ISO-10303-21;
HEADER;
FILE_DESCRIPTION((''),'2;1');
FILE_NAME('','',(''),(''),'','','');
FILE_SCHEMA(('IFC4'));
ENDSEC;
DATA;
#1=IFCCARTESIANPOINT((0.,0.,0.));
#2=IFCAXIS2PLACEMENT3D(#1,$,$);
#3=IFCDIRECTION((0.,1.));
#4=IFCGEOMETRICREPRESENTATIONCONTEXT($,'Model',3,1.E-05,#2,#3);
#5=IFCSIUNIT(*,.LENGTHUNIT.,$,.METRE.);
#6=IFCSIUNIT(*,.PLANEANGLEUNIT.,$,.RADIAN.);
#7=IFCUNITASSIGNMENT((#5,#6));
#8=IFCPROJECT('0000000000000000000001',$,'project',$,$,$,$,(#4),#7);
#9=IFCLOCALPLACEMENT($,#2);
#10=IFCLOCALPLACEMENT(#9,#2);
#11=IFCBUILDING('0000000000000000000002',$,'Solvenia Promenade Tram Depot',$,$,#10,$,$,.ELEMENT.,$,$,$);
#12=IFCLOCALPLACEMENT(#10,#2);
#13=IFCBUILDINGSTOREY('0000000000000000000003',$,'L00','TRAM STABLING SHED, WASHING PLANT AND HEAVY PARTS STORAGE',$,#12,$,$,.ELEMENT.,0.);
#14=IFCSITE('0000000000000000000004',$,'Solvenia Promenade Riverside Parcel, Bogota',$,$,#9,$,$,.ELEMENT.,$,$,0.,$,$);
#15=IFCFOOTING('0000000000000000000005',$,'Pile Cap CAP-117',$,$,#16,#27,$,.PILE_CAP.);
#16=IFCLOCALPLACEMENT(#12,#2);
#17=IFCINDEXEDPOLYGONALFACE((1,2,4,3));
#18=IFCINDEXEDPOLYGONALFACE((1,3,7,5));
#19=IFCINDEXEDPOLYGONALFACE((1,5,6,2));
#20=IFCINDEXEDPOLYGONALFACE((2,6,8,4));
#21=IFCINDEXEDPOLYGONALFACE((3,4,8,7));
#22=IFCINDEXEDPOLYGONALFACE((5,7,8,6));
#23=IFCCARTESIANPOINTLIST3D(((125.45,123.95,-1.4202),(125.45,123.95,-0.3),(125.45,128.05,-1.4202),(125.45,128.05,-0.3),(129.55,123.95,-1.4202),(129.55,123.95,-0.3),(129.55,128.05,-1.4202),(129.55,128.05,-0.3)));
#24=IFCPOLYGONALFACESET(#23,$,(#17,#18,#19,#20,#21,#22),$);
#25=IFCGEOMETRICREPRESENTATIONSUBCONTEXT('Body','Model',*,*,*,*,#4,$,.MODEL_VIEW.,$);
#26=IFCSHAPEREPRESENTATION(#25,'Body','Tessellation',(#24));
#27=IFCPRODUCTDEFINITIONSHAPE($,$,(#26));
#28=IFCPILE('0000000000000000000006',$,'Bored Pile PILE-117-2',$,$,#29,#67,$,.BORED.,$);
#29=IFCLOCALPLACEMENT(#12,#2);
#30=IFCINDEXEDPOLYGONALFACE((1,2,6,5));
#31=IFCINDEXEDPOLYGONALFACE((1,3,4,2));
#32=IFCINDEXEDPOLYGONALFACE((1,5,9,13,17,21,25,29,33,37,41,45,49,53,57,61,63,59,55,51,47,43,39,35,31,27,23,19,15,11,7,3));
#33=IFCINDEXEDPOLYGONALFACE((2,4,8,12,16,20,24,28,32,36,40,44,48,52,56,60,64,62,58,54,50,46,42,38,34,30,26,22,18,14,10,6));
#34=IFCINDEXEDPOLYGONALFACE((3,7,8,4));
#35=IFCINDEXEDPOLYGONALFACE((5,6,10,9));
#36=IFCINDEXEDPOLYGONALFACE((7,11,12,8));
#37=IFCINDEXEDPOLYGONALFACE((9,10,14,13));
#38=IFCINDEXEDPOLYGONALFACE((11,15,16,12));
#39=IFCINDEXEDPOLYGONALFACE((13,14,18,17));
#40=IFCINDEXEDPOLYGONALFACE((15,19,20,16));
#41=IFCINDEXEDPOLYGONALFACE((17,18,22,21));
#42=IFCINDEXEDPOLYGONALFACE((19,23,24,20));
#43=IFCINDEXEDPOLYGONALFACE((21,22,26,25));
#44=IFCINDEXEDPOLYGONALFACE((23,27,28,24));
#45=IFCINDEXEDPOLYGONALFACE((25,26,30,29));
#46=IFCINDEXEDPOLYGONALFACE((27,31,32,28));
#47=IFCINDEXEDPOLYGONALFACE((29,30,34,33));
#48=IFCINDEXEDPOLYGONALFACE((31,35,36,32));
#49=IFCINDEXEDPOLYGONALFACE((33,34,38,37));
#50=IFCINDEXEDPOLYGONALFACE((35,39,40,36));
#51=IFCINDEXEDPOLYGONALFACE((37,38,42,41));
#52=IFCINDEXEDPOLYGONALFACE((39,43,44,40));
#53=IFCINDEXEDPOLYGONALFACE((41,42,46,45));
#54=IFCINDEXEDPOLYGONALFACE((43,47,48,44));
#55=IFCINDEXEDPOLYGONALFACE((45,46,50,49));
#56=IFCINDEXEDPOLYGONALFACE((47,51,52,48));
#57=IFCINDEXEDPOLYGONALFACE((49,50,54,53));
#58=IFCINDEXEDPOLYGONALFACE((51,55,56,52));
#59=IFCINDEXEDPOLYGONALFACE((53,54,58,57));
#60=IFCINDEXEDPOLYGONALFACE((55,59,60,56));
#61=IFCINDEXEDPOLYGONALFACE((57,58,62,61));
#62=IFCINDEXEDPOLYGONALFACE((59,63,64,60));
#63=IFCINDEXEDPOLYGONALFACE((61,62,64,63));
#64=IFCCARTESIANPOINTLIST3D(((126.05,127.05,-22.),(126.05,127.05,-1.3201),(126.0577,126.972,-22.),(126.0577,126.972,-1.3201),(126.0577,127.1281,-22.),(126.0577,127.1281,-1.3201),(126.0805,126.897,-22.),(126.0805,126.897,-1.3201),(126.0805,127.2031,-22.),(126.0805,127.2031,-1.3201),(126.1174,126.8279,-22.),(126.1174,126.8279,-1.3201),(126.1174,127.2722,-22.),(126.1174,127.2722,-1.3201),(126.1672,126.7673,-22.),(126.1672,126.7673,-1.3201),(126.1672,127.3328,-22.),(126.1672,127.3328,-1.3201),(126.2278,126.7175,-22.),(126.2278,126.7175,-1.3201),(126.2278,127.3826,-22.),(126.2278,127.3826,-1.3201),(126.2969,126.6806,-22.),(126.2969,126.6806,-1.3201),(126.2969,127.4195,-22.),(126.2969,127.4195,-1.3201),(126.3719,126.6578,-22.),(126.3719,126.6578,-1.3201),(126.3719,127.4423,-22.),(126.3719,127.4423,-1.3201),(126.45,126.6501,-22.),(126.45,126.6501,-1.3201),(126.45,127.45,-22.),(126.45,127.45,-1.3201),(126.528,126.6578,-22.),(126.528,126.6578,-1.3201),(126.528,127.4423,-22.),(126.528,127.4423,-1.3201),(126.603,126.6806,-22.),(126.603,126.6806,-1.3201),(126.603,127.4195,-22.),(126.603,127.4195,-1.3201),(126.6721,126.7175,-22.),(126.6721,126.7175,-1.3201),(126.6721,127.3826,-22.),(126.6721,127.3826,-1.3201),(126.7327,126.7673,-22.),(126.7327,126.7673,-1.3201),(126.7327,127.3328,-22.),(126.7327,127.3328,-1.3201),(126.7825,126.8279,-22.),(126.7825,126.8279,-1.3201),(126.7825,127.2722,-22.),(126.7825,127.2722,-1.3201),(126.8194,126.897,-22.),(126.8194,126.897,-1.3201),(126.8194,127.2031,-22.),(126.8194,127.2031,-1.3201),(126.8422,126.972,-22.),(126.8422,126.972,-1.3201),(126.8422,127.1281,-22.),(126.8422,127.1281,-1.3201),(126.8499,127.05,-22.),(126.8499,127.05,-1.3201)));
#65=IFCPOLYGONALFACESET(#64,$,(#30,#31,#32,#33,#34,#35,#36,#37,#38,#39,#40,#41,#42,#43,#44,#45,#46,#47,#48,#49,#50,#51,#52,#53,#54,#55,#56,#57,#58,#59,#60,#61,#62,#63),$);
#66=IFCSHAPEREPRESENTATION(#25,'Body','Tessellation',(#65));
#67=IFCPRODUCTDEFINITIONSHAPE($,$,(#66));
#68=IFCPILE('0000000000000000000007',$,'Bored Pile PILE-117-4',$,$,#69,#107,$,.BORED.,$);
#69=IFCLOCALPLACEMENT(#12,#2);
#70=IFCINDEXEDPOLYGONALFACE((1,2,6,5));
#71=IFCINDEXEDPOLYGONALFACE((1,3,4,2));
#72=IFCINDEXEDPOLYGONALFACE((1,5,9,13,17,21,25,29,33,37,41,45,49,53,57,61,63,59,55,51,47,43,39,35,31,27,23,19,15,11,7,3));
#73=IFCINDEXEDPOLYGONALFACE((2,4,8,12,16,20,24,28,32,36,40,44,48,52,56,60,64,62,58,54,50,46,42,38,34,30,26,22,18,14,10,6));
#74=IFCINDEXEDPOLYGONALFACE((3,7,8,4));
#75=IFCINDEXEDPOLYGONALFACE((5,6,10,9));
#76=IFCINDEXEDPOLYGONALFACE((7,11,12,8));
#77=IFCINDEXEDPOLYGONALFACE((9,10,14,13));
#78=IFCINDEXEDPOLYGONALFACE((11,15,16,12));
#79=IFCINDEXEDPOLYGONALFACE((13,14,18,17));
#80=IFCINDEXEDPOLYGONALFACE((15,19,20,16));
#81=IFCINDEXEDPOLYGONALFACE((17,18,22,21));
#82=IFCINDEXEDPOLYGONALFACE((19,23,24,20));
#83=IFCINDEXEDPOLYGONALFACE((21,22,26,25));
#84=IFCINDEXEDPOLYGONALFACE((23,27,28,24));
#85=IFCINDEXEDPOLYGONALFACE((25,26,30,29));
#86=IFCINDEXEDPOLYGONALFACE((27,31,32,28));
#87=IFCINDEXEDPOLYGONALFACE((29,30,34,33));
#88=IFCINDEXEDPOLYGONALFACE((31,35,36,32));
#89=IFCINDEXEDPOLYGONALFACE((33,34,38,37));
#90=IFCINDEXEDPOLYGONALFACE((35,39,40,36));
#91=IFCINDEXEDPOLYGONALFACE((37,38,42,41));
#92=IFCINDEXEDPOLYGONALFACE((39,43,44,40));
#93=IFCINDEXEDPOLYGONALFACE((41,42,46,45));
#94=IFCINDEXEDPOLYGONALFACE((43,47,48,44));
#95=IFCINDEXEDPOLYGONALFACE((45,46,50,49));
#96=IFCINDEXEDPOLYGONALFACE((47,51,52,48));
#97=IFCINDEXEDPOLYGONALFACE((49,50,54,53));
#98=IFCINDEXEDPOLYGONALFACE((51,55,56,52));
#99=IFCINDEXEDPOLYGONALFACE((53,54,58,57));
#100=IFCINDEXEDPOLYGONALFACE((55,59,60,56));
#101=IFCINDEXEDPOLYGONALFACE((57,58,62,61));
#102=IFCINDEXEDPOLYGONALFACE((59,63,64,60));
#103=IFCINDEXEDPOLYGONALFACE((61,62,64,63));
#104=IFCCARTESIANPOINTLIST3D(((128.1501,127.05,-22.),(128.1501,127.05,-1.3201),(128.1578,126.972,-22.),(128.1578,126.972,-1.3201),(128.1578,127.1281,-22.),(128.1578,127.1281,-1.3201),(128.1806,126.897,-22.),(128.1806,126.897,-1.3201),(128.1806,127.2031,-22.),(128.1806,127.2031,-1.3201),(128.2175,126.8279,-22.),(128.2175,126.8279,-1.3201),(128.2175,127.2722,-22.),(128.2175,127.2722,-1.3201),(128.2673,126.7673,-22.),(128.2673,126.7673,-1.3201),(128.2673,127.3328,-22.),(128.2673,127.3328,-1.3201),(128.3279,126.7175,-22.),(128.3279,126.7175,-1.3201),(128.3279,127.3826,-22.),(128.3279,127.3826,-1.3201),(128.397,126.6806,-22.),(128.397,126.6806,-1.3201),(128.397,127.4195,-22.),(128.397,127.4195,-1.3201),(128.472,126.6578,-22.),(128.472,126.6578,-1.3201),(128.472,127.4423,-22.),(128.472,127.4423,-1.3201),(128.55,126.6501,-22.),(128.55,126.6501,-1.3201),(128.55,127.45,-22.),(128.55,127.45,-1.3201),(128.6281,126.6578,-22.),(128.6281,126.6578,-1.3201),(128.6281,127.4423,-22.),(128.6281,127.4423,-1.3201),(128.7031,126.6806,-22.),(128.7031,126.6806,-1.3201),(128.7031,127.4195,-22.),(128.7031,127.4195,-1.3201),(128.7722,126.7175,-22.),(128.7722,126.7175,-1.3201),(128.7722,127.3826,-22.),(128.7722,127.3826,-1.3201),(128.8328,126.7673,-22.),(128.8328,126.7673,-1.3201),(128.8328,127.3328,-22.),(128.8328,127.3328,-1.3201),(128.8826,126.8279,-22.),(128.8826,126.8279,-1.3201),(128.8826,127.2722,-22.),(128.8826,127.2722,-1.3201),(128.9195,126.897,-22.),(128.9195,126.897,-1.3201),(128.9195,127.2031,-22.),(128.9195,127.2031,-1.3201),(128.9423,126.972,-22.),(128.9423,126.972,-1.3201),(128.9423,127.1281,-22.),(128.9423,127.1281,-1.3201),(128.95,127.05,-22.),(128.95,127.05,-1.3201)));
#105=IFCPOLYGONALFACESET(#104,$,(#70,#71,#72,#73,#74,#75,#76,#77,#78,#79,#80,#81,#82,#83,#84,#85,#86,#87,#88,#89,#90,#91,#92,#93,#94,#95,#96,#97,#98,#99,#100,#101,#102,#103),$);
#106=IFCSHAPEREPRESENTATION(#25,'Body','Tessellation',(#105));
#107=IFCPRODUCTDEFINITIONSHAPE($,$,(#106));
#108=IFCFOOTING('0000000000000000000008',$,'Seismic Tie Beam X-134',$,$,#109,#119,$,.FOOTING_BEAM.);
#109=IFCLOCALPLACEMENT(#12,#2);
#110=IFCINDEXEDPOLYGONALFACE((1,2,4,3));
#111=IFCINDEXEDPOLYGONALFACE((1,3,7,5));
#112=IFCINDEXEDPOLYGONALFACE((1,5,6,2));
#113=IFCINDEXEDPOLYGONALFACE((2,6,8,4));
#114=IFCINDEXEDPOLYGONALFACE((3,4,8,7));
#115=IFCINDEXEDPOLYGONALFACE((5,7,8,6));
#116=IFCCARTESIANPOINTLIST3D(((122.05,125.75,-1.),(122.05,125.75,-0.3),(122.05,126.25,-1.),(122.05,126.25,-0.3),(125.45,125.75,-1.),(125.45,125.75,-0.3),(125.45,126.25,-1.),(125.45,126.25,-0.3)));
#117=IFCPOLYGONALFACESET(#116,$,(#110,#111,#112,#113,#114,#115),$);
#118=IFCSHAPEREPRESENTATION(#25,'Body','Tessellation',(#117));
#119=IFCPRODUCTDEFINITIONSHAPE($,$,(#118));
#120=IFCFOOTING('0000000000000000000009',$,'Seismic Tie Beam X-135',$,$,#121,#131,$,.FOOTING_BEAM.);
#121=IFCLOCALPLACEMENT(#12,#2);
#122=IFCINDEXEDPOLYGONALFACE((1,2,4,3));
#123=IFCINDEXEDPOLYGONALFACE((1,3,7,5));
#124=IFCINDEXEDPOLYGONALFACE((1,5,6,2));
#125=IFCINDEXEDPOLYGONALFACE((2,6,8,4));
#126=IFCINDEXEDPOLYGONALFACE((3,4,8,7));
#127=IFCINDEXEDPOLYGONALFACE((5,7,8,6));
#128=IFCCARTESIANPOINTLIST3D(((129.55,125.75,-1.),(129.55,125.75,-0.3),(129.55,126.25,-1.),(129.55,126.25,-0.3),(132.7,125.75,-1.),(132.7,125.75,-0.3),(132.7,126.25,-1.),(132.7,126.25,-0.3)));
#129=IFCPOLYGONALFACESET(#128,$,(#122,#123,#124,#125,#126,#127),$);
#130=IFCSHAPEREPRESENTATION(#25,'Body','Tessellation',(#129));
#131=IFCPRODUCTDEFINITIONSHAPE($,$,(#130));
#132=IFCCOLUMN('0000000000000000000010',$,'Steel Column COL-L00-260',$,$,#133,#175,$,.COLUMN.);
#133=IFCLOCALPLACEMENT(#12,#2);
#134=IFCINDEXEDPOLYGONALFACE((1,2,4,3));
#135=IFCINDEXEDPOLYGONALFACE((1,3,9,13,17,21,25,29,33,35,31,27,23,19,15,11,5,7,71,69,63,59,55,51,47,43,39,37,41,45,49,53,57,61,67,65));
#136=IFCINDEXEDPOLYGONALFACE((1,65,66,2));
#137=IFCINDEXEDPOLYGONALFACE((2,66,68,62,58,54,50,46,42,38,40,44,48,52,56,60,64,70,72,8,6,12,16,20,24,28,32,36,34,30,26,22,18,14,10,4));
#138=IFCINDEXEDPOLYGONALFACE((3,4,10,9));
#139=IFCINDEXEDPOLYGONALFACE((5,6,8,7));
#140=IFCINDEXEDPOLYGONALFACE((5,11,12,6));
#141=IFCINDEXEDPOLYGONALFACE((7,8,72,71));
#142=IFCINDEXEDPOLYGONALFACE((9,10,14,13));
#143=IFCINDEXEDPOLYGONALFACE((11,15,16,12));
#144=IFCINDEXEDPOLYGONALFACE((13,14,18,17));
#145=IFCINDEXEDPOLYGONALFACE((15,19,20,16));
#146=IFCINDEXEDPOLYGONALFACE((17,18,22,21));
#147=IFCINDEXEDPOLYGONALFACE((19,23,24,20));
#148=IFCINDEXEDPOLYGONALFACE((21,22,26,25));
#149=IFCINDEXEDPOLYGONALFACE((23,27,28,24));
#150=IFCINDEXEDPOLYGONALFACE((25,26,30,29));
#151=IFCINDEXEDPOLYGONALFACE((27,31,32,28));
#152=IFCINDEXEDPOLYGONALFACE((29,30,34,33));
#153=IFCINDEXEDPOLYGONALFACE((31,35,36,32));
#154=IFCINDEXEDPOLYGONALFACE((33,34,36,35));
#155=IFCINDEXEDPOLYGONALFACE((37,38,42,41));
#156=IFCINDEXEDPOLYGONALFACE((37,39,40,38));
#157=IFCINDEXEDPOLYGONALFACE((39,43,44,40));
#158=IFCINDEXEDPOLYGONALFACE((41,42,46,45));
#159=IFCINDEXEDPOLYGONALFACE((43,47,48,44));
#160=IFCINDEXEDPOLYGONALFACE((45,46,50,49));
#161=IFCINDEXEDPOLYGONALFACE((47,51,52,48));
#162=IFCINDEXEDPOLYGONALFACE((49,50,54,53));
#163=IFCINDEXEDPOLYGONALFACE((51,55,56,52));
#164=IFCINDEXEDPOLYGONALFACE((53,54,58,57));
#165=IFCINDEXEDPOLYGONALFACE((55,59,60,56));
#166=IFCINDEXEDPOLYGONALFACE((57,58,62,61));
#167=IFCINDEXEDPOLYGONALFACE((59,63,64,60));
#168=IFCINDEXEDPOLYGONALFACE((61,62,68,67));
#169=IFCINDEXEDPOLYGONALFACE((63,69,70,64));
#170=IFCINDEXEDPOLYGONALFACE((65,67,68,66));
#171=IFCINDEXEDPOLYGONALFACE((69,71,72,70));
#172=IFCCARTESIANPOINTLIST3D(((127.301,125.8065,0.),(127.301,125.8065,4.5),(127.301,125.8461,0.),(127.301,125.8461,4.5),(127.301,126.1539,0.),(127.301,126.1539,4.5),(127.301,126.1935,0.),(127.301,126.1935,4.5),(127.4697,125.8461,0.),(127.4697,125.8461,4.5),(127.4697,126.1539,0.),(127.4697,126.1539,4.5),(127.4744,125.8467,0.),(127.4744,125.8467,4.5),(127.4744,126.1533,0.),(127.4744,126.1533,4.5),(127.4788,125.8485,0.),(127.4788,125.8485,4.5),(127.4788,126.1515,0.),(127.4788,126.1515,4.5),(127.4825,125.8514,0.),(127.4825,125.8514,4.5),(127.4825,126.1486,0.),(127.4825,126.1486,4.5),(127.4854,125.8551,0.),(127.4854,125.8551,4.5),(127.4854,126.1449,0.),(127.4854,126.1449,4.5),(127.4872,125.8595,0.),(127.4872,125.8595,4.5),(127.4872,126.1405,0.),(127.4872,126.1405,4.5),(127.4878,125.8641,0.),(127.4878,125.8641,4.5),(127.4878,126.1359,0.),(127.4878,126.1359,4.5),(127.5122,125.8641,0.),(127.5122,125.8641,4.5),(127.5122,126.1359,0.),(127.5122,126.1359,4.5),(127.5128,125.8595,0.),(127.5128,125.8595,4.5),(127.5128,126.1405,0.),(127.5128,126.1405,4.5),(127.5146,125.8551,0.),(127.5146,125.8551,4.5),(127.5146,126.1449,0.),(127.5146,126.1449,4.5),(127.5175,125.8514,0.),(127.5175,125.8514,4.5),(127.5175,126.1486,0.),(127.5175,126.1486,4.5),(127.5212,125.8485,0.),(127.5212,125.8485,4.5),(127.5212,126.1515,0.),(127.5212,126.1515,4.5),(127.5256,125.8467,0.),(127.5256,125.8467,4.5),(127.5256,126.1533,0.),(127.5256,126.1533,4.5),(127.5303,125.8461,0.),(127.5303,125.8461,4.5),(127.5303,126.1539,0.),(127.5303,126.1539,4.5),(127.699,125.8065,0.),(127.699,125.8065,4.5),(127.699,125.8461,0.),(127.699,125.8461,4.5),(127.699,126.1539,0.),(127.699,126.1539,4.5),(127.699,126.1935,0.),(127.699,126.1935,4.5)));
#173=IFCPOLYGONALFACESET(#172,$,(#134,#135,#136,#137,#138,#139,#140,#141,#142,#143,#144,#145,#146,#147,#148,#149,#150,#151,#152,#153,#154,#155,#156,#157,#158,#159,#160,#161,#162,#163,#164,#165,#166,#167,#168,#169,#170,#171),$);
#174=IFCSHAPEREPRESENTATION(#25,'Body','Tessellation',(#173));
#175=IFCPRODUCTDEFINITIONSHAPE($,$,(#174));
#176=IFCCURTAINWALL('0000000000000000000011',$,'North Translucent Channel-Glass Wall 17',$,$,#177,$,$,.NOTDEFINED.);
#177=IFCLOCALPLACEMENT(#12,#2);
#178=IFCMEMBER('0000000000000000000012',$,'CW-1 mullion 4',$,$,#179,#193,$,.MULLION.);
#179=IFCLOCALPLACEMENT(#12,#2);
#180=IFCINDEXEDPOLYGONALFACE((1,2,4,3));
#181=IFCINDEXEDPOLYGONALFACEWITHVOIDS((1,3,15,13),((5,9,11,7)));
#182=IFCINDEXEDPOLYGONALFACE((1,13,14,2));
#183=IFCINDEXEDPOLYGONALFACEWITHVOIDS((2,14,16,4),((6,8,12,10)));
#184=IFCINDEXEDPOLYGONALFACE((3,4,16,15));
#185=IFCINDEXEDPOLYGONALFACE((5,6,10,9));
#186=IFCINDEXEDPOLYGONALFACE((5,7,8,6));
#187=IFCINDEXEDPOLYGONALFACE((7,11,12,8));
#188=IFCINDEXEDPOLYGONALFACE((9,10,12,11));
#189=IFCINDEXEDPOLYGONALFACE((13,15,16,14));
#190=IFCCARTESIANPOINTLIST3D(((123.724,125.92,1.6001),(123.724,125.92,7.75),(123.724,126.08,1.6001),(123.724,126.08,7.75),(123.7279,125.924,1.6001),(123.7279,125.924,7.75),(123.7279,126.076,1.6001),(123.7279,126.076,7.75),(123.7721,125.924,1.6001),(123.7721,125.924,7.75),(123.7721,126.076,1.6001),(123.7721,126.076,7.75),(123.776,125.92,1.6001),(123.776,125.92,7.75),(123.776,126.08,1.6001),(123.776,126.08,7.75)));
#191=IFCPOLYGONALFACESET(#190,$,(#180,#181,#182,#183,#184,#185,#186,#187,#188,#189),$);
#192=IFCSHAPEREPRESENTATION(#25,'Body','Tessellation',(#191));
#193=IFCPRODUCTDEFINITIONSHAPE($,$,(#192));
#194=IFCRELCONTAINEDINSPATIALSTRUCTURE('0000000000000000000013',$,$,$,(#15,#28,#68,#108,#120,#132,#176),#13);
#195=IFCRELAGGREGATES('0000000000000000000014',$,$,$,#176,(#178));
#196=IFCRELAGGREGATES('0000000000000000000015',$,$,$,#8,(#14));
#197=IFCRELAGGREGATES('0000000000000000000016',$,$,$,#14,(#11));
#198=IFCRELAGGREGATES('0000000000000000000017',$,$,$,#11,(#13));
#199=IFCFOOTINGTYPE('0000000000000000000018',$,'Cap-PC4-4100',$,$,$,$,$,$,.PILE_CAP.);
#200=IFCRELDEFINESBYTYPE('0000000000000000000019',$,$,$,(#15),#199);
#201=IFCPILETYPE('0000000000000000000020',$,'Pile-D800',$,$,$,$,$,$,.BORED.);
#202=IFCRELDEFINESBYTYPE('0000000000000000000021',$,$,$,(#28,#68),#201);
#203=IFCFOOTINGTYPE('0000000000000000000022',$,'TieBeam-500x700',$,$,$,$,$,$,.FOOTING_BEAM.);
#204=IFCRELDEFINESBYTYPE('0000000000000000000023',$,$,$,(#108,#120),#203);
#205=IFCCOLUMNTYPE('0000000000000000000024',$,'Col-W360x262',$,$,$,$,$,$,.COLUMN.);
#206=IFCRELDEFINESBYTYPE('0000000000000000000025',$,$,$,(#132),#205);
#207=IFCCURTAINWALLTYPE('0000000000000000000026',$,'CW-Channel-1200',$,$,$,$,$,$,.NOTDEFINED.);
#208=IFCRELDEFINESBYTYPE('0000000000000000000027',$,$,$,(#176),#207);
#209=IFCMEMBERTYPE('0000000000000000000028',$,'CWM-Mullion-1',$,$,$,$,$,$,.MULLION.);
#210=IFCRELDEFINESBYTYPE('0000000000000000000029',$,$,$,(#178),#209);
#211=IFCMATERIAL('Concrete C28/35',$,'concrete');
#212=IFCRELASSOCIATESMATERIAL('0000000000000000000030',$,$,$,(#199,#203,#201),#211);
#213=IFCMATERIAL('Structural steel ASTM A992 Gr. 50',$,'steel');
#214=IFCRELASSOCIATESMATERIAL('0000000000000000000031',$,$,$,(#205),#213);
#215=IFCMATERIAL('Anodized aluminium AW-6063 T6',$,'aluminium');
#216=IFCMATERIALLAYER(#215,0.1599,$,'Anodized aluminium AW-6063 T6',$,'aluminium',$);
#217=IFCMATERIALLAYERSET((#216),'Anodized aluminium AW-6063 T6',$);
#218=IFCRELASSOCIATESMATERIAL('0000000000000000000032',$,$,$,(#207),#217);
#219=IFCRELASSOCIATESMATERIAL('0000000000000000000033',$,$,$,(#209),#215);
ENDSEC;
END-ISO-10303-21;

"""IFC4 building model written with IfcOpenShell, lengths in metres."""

from ifc_helpers import new_model, si_unit, direction, frame, origin, origin_2d, place, context, subcontext, project, spatial, rectangle, hollow_rectangle, circle, i_section, extrude, material, layer, layer_set, material_profile, profile_set, type_object, element, aggregate, save


model = new_model("IFC4")

# Units and contexts
model_context = context("Model", 3, precision=1e-05, world=origin(), true_north=direction((0.0, 1.0)))
body_context = subcontext(model_context, "Body", "Model", "MODEL_VIEW")
ifc_project = project(units=[si_unit("LENGTHUNIT", "METRE"), si_unit("PLANEANGLEUNIT", "RADIAN")], contexts=[model_context])

# Site, building, storey
site_placement = place(None, origin())
site = spatial("IfcSite", under=ifc_project, at=site_placement, Name="Solvenia Promenade Riverside Parcel, Bogota", CompositionType="ELEMENT", RefElevation=0.0)
building_placement = place(site_placement, origin())
building = spatial("IfcBuilding", under=site, at=building_placement, Name="Solvenia Promenade Tram Depot", CompositionType="ELEMENT")
storey_placement = place(building_placement, origin())
storey = spatial("IfcBuildingStorey", under=building, at=storey_placement, Name="L00", Description="TRAM STABLING SHED, WASHING PLANT AND HEAVY PARTS STORAGE", CompositionType="ELEMENT", Elevation=0.0)

# Footing
ifc_material_1 = material(Name="Concrete C28/35", Category="concrete")
footing_type_1 = type_object("IfcFootingType", Name="Cap-PC4-4100", PredefinedType="PILE_CAP", material=ifc_material_1)
footing_1_placement = place(storey_placement, frame((127.5, 126.0, -1.4202), z_axis=(0.0, 0.0, 1.0), x_axis=(1.0, 0.0, 0.0)))
element("IfcFooting", 1, at=footing_1_placement, inside=storey, type_object=footing_type_1, Name="Pile Cap CAP-117", PredefinedType="PILE_CAP", context=body_context, shape_type="SweptSolid", body=[
    extrude(rectangle(XDim=4.1001, YDim=4.1001, at=origin_2d()), origin(), (0.0, 0.0, 1.0), 1.1201),
])

# Piles
ifc_material_profile_1 = material_profile(ifc_material_1, circle(Radius=0.3999, at=origin_2d()), Name="D800", Category="concrete")
ifc_profile_set_1 = profile_set([ifc_material_profile_1], Name="Concrete C28/35")
pile_type = type_object("IfcPileType", Name="Pile-D800", PredefinedType="BORED", material=ifc_profile_set_1)
for number, where, z_axis, x_axis, name in (
    (2, (126.45, 127.05, -1.3201), (0.0, 0.0, -1.0), (1.0, 0.0, 0.0), "Bored Pile PILE-117-2"),
    (3, (128.55, 127.05, -1.3201), (0.0, 0.0, -1.0), (1.0, 0.0, 0.0), "Bored Pile PILE-117-4"),
):
    element("IfcPile", number, at=place(storey_placement, frame(where, z_axis=z_axis, x_axis=x_axis)), inside=storey, type_object=pile_type, Name=name, PredefinedType="BORED", context=body_context, shape_type="SweptSolid", body=[
        extrude(circle(Radius=0.3999, at=origin_2d()), origin(), (0.0, 0.0, 1.0), 20.6799),
    ])

# Footings
footing_type_2 = type_object("IfcFootingType", Name="TieBeam-500x700", PredefinedType="FOOTING_BEAM", material=ifc_material_1)
footing_2_placement = place(storey_placement, frame((123.75, 126.0, -1.0), z_axis=(0.0, 0.0, 1.0), x_axis=(1.0, 0.0, 0.0)))
element("IfcFooting", 4, at=footing_2_placement, inside=storey, type_object=footing_type_2, Name="Seismic Tie Beam X-134", PredefinedType="FOOTING_BEAM", context=body_context, shape_type="SweptSolid", body=[
    extrude(rectangle(XDim=3.3999, YDim=0.5, at=origin_2d()), origin(), (0.0, 0.0, 1.0), 0.7),
])
footing_3_placement = place(storey_placement, frame((131.125, 126.0, -1.0), z_axis=(0.0, 0.0, 1.0), x_axis=(1.0, 0.0, 0.0)))
element("IfcFooting", 5, at=footing_3_placement, inside=storey, type_object=footing_type_2, Name="Seismic Tie Beam X-135", PredefinedType="FOOTING_BEAM", context=body_context, shape_type="SweptSolid", body=[
    extrude(rectangle(XDim=3.1499, YDim=0.5, at=origin_2d()), origin(), (0.0, 0.0, 1.0), 0.7),
])

# Column
ifc_material_2 = material(Name="Structural steel ASTM A992 Gr. 50", Category="steel")
ifc_material_profile_2 = material_profile(ifc_material_2, i_section(OverallWidth=0.3979, OverallDepth=0.387, WebThickness=0.0244, FlangeThickness=0.0396, FilletRadius=0.0181, at=origin_2d()), Name="W360x262", Category="steel")
ifc_profile_set_2 = profile_set([ifc_material_profile_2], Name="Structural steel ASTM A992 Gr. 50")
column_type = type_object("IfcColumnType", Name="Col-W360x262", PredefinedType="COLUMN", material=ifc_profile_set_2)
column_placement = place(storey_placement, frame((127.5, 126.0, 0.0), z_axis=(0.0, 0.0, 1.0), x_axis=(1.0, 0.0, 0.0)))
element("IfcColumn", 6, at=column_placement, inside=storey, type_object=column_type, Name="Steel Column COL-L00-260", PredefinedType="COLUMN", context=body_context, shape_type="SweptSolid", body=[
    extrude(i_section(OverallWidth=0.3979, OverallDepth=0.387, WebThickness=0.0244, FlangeThickness=0.0396, FilletRadius=0.0181, at=origin_2d()), origin(), (0.0, 0.0, 1.0), 4.5),
])

# Curtain wall, member
ifc_material_3 = material(Name="Anodized aluminium AW-6063 T6", Category="aluminium")
ifc_layer_1 = layer(ifc_material_3, 0.1599, Name="Anodized aluminium AW-6063 T6", Category="aluminium")
ifc_layer_set_1 = layer_set([ifc_layer_1], Name="Anodized aluminium AW-6063 T6")
curtain_wall_type = type_object("IfcCurtainWallType", Name="CW-Channel-1200", PredefinedType="NOTDEFINED", material=ifc_layer_set_1)
curtain_wall_1_placement = place(storey_placement, origin())
curtain_wall_1 = element("IfcCurtainWall", 7, at=curtain_wall_1_placement, inside=storey, type_object=curtain_wall_type, Name="North Translucent Channel-Glass Wall 17", PredefinedType="NOTDEFINED")
ifc_material_profile_3 = material_profile(ifc_material_3, hollow_rectangle(XDim=0.1599, YDim=0.052, WallThickness=0.0039, at=origin_2d()), Name="ALU-M1", Category="aluminium")
ifc_profile_set_3 = profile_set([ifc_material_profile_3], Name="Anodized aluminium AW-6063 T6")
member_type_1 = type_object("IfcMemberType", Name="CWM-Mullion-1", PredefinedType="MULLION", material=ifc_profile_set_3)
member_1_placement = place(storey_placement, frame((123.75, 126.0, 1.6001), z_axis=(0.0, 0.0, 1.0), x_axis=(0.0, 1.0, 0.0)))
member_1 = element("IfcMember", 8, at=member_1_placement, type_object=member_type_1, Name="CW-1 mullion 4", PredefinedType="MULLION", context=body_context, shape_type="SweptSolid", body=[
    extrude(hollow_rectangle(XDim=0.1599, YDim=0.052, WallThickness=0.0039, at=origin_2d()), origin(), (0.0, 0.0, 1.0), 6.1499),
])

aggregate(curtain_wall_1, [member_1])

save(model, "model.ifc")
